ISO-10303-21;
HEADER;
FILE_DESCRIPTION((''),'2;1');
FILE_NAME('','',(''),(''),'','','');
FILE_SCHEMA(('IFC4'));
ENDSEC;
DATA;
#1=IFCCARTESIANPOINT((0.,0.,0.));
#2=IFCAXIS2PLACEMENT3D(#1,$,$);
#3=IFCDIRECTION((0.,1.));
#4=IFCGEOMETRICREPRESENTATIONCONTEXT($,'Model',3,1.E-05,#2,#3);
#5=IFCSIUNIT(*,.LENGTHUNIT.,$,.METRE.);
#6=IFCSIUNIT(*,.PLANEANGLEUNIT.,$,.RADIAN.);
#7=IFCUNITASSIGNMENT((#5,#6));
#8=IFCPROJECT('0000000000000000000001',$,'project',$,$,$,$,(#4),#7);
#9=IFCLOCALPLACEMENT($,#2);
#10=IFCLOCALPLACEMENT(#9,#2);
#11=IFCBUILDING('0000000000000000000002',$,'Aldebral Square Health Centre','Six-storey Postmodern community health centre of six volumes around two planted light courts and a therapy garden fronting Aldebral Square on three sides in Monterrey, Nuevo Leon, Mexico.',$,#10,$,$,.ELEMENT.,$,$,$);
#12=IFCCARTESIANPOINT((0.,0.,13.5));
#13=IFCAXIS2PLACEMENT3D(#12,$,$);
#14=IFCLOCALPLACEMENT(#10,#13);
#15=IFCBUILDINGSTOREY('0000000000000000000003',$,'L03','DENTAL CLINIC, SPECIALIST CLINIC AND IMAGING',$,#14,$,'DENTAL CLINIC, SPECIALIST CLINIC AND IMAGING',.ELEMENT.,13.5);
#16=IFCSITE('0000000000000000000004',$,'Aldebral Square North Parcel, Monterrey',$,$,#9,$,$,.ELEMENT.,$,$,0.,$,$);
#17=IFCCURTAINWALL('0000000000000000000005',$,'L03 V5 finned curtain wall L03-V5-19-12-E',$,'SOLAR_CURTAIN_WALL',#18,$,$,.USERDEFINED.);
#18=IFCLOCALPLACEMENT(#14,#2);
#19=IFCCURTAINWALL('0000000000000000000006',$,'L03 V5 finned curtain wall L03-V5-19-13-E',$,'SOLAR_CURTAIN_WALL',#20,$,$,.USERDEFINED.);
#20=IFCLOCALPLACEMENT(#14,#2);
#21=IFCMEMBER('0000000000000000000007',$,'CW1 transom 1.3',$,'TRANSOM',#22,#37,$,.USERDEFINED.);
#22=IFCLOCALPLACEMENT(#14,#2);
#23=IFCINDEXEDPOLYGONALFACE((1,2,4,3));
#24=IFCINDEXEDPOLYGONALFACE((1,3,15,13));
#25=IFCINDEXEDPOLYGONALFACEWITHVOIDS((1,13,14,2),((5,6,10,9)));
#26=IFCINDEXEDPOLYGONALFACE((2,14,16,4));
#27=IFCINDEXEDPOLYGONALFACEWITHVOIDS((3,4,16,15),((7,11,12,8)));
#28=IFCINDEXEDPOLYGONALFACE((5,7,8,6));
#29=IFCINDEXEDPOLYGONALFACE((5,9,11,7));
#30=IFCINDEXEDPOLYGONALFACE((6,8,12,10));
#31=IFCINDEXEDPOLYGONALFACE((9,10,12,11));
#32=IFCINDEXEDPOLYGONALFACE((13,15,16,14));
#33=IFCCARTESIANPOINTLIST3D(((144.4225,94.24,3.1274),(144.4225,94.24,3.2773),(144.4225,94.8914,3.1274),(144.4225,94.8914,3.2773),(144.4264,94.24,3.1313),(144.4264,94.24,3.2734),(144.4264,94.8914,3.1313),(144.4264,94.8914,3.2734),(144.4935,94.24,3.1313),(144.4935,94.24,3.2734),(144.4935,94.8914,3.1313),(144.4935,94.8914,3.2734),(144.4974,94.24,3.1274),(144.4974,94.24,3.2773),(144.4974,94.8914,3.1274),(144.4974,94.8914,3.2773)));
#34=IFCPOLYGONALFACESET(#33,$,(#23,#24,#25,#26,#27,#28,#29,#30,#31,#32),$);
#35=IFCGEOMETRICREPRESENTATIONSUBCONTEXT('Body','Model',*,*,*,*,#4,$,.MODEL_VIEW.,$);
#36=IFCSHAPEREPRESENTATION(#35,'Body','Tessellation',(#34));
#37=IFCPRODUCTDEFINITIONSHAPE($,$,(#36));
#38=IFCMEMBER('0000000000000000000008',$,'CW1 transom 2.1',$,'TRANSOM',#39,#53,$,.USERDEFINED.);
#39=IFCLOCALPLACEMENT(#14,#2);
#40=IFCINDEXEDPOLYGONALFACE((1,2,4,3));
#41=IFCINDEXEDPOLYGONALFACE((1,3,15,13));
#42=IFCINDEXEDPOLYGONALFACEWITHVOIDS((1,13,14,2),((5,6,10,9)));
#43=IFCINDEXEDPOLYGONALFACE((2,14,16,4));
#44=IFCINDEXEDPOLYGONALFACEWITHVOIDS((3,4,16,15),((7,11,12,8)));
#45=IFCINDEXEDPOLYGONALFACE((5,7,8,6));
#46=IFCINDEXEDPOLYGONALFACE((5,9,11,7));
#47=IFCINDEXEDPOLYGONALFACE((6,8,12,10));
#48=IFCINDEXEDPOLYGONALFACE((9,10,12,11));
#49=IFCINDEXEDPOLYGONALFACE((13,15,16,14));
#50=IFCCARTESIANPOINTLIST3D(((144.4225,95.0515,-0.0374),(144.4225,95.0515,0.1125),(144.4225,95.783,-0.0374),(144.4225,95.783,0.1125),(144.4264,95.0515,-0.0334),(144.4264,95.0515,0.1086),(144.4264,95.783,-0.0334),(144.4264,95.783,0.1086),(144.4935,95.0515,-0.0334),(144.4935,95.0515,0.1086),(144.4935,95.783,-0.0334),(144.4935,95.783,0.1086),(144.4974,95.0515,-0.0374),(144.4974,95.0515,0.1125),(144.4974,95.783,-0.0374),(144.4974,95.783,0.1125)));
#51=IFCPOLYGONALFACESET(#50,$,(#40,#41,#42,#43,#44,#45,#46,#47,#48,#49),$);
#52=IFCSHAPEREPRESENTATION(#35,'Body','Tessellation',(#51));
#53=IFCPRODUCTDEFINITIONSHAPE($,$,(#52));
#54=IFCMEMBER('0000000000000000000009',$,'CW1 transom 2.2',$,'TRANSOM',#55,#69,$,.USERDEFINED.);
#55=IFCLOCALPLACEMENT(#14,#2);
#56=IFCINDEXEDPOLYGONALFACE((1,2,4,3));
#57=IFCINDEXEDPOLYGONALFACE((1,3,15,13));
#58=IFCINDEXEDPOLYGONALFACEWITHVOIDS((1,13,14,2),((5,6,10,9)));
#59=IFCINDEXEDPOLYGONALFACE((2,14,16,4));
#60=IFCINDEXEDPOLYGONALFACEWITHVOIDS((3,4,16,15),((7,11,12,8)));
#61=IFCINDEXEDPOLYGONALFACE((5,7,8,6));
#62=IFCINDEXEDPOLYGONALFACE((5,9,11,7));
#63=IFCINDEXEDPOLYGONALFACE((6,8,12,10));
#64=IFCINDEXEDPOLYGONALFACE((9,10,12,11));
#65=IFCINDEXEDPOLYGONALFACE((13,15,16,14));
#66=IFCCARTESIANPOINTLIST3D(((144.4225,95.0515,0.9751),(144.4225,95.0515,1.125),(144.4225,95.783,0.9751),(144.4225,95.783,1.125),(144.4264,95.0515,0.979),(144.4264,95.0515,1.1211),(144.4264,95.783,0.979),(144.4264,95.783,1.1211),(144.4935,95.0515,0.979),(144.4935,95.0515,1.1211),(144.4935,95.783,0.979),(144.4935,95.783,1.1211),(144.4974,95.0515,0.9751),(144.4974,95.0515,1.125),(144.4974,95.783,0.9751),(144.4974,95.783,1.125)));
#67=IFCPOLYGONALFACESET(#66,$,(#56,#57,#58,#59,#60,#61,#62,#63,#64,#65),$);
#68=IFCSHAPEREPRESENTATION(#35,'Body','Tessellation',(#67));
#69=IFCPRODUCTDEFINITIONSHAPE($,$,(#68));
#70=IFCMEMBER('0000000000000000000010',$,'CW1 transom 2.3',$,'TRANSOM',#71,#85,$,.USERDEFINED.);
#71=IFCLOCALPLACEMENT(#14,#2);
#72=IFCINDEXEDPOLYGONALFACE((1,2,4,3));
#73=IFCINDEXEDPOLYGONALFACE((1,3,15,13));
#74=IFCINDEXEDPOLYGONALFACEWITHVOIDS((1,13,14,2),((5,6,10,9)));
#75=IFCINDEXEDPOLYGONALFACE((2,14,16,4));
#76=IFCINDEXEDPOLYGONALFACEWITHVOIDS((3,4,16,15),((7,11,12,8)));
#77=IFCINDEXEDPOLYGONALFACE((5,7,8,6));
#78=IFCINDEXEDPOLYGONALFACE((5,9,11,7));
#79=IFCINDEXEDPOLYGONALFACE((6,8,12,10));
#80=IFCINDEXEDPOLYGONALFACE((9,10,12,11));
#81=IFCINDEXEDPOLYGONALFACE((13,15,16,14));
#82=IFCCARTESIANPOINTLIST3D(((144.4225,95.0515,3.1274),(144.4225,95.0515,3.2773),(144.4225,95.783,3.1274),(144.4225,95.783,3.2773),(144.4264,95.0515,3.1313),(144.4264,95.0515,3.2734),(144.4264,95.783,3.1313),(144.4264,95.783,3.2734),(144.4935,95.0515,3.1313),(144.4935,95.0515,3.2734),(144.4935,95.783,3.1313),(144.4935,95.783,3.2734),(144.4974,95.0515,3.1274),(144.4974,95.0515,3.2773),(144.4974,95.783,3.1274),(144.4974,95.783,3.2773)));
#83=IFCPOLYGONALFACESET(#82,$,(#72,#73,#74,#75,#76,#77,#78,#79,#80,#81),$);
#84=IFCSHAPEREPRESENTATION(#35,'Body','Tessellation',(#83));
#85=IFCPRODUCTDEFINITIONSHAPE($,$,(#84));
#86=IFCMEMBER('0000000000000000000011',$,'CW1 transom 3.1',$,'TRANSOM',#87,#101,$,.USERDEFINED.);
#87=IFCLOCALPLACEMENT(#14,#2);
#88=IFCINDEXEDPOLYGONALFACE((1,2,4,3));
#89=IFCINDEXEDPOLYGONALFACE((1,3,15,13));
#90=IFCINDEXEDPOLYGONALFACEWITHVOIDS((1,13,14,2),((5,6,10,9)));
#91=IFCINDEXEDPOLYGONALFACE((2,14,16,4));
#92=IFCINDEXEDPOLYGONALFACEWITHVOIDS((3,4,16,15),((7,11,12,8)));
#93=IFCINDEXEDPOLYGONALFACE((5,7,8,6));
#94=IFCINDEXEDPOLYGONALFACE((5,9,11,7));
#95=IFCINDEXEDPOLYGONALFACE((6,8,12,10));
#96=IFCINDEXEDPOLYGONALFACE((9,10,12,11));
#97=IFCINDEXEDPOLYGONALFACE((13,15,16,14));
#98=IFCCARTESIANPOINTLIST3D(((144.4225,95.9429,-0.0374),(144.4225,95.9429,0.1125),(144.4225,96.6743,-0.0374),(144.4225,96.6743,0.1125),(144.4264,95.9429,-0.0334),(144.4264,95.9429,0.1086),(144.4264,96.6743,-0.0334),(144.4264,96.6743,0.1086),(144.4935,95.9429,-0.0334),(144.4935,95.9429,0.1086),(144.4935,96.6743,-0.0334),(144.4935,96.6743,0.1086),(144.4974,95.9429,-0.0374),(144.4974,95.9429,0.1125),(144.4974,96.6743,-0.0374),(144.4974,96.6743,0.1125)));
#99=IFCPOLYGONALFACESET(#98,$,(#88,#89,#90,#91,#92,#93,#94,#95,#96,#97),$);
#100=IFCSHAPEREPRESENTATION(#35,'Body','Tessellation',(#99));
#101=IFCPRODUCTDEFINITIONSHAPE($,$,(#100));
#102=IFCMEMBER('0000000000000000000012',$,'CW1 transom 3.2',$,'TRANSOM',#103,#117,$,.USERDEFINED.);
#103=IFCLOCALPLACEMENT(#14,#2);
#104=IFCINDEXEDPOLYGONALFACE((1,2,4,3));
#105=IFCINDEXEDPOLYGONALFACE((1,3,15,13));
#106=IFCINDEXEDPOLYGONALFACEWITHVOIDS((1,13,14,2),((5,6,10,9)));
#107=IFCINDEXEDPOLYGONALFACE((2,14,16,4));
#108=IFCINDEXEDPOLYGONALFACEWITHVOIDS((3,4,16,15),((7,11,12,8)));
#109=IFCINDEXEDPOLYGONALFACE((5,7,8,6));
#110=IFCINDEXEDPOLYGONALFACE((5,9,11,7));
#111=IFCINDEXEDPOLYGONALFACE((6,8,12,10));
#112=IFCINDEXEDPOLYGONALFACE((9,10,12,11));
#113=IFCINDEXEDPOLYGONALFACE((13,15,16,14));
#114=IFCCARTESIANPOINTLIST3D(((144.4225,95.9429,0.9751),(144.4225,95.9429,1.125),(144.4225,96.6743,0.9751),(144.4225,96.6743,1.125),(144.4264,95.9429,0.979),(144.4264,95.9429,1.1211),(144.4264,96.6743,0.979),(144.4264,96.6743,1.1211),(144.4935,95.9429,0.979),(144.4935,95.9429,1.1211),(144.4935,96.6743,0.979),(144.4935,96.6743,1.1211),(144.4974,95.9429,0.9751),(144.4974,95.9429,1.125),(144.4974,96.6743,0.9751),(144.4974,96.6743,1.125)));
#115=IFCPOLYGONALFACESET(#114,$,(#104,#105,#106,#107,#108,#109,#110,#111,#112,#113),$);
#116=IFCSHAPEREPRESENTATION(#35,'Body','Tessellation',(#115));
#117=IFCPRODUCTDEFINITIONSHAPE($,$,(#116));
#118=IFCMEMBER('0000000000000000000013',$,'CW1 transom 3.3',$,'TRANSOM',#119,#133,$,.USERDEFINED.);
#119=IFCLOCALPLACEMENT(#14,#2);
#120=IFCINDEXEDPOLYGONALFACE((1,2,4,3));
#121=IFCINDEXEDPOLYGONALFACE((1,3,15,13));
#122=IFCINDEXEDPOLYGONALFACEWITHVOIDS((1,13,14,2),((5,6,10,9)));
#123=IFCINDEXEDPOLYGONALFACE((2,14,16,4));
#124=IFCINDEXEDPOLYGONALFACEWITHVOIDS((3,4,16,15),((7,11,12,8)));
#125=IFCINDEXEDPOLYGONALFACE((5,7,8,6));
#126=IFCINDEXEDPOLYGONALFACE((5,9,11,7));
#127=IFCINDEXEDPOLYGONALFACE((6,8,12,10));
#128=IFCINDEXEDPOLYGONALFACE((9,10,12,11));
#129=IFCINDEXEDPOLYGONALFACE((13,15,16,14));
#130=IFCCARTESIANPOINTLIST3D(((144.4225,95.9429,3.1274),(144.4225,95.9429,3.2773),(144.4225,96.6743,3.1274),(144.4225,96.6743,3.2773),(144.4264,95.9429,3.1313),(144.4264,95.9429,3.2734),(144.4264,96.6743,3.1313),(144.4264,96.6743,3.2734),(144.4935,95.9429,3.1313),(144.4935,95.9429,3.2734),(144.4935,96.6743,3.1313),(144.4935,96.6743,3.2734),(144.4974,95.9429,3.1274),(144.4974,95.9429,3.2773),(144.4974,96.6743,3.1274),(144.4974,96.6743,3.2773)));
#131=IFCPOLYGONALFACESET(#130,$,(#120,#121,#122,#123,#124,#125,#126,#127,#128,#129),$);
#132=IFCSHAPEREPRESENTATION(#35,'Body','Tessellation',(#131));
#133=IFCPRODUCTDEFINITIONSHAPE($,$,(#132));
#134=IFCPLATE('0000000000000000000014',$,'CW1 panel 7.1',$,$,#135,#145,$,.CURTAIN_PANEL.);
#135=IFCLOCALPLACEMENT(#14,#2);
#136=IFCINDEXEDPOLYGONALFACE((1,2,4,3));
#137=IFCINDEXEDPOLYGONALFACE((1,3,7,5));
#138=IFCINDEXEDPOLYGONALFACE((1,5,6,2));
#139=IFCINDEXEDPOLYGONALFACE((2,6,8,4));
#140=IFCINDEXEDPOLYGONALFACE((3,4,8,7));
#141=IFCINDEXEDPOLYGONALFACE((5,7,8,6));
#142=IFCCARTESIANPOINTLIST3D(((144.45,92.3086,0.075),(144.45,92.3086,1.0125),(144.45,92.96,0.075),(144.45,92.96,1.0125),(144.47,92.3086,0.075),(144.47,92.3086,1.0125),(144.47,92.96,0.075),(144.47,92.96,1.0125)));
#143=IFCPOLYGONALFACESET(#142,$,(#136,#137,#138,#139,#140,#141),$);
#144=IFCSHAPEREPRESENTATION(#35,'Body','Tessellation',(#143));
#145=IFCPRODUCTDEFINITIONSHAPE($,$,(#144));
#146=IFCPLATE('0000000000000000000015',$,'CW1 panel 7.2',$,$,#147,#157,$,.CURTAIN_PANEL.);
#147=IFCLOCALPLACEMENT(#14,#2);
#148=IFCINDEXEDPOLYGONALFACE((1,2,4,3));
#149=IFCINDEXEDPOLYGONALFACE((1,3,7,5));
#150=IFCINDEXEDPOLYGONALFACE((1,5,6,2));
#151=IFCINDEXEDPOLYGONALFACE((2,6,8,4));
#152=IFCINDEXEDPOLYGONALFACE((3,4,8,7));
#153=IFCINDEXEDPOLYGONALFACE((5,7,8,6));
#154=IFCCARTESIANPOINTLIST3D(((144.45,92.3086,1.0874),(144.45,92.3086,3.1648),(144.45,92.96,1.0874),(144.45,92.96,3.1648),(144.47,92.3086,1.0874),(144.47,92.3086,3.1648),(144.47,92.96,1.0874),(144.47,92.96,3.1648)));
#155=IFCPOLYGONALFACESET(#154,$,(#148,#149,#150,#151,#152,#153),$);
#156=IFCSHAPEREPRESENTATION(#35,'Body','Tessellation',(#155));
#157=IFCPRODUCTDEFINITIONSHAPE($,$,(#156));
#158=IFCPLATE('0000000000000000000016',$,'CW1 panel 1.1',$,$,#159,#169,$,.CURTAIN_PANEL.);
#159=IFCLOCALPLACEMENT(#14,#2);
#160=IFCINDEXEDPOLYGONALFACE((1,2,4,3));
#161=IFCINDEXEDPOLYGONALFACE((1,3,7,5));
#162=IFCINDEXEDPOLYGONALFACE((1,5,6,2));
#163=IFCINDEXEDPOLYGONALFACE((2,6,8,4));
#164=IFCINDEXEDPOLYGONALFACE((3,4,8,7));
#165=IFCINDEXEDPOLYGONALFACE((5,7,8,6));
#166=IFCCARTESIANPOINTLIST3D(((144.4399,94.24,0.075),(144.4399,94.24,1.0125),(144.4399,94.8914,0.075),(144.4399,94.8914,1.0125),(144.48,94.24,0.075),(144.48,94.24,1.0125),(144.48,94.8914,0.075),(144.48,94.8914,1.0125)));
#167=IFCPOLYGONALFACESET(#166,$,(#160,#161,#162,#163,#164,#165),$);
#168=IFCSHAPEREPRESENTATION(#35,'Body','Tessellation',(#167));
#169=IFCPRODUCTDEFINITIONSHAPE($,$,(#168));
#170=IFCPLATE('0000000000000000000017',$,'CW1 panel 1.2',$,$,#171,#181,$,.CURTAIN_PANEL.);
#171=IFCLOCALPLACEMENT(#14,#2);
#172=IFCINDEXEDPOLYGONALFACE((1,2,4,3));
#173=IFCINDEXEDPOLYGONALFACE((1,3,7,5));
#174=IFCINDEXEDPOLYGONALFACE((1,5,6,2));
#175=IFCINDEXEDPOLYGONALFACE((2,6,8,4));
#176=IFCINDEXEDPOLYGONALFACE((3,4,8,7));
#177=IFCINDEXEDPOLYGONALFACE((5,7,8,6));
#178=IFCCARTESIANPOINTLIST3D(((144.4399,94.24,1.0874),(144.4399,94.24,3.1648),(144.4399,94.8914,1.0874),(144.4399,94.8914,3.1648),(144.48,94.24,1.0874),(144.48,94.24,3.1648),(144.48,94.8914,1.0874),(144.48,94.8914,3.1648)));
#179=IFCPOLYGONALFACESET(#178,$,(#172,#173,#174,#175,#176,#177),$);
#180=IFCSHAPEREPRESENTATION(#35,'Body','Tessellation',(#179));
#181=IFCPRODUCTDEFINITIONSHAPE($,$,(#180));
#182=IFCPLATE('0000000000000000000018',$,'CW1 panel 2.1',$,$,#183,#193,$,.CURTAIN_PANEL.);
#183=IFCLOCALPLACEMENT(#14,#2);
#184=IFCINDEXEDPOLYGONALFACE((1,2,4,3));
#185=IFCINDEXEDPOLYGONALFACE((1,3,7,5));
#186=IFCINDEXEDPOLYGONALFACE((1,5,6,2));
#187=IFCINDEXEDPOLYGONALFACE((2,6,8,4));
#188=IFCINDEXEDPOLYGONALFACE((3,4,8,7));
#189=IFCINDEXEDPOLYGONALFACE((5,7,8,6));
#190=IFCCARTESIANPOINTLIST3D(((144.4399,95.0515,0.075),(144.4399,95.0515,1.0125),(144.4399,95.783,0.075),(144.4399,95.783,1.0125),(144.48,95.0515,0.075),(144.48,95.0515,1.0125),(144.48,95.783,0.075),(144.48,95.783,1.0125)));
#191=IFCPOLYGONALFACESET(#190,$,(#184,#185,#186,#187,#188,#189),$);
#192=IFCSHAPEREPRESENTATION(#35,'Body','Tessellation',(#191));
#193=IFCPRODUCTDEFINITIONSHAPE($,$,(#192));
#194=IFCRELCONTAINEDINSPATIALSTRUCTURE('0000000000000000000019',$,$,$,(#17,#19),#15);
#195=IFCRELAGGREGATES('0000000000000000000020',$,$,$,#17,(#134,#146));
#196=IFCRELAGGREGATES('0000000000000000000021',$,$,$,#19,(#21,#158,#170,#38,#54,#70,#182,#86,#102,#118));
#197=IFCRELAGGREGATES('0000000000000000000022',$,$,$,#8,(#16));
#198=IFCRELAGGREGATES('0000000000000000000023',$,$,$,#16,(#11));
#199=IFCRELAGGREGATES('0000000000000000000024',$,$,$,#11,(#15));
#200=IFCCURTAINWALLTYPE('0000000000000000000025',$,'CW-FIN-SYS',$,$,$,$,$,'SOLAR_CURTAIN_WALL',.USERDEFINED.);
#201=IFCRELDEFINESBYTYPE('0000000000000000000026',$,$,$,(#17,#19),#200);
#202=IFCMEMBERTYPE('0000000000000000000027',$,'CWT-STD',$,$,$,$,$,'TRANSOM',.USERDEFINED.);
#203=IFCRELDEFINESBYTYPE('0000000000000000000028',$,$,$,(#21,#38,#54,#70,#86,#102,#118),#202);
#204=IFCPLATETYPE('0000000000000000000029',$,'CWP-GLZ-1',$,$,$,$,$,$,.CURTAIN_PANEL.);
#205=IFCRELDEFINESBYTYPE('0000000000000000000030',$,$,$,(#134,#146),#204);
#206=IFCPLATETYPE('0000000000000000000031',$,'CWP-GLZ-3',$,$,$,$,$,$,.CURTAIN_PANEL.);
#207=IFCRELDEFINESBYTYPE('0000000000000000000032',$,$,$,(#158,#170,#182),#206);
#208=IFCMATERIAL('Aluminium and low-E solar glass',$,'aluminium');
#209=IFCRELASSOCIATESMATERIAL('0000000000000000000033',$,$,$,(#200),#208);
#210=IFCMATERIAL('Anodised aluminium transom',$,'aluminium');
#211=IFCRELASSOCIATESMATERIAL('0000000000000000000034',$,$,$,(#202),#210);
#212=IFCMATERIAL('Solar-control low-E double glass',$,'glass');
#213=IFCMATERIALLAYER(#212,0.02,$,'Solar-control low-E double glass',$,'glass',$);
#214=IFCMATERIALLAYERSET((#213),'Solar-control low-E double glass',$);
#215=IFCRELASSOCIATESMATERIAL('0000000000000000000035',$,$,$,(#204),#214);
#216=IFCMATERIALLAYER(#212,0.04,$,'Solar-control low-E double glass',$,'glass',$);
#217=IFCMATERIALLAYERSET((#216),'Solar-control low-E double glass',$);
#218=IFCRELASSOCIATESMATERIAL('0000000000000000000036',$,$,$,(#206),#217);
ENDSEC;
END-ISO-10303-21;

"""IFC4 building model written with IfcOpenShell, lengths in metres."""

from ifc_helpers import new_model, si_unit, direction, frame, origin, origin_2d, place, context, subcontext, project, spatial, rectangle, hollow_rectangle, extrude, material, layer, layer_set, material_profile, profile_set, type_object, element, aggregate, save


model = new_model("IFC4")

# Units and contexts
model_context = context("Model", 3, precision=1e-05, world=origin(), true_north=direction((0.0, 1.0)))
body_context = subcontext(model_context, "Body", "Model", "MODEL_VIEW")
ifc_project = project(units=[si_unit("LENGTHUNIT", "METRE"), si_unit("PLANEANGLEUNIT", "RADIAN")], contexts=[model_context])

# Site, building, storey
site_placement = place(None, origin())
site = spatial("IfcSite", under=ifc_project, at=site_placement, Name="Aldebral Square North Parcel, Monterrey", CompositionType="ELEMENT", RefElevation=0.0)
building_placement = place(site_placement, origin())
building = spatial("IfcBuilding", under=site, at=building_placement, Name="Aldebral Square Health Centre", Description="Six-storey Postmodern community health centre of six volumes around two planted light courts and a therapy garden fronting Aldebral Square on three sides in Monterrey, Nuevo Leon, Mexico.", CompositionType="ELEMENT")
storey_placement = place(building_placement, frame((0.0, 0.0, 13.5)))
storey = spatial("IfcBuildingStorey", under=building, at=storey_placement, Name="L03", Description="DENTAL CLINIC, SPECIALIST CLINIC AND IMAGING", LongName="DENTAL CLINIC, SPECIALIST CLINIC AND IMAGING", CompositionType="ELEMENT", Elevation=13.5)

# Curtain walls
ifc_material_1 = material(Name="Aluminium and low-E solar glass", Category="aluminium")
curtain_wall_type = type_object("IfcCurtainWallType", Name="CW-FIN-SYS", ElementType="SOLAR_CURTAIN_WALL", PredefinedType="USERDEFINED", material=ifc_material_1)
curtain_wall_1_placement = place(storey_placement, origin())
curtain_wall_1 = element("IfcCurtainWall", 1, at=curtain_wall_1_placement, inside=storey, type_object=curtain_wall_type, Name="L03 V5 finned curtain wall L03-V5-19-12-E", ObjectType="SOLAR_CURTAIN_WALL", PredefinedType="USERDEFINED")
curtain_wall_2_placement = place(storey_placement, origin())
curtain_wall_2 = element("IfcCurtainWall", 2, at=curtain_wall_2_placement, inside=storey, type_object=curtain_wall_type, Name="L03 V5 finned curtain wall L03-V5-19-13-E", ObjectType="SOLAR_CURTAIN_WALL", PredefinedType="USERDEFINED")

# Members
ifc_material_2 = material(Name="Anodised aluminium transom", Category="aluminium")
ifc_material_profile_1 = material_profile(ifc_material_2, hollow_rectangle(XDim=0.075, YDim=0.1499, WallThickness=0.0039, at=origin_2d()), Name="CWT 75x150x4")
ifc_profile_set_1 = profile_set([ifc_material_profile_1], Name="Anodised aluminium transom")
member_type_1 = type_object("IfcMemberType", Name="CWT-STD", ElementType="TRANSOM", PredefinedType="USERDEFINED", material=ifc_profile_set_1)
member_1_placement = place(storey_placement, frame((144.46, 94.24, 3.2024), z_axis=(0.0, 1.0, 0.0), x_axis=(-1.0, 0.0, 0.0)))
member_1 = element("IfcMember", 3, at=member_1_placement, type_object=member_type_1, Name="CW1 transom 1.3", ObjectType="TRANSOM", PredefinedType="USERDEFINED", context=body_context, shape_type="SweptSolid", body=[
    extrude(hollow_rectangle(XDim=0.075, YDim=0.1499, WallThickness=0.0039, at=origin_2d()), origin(), (0.0, 0.0, 1.0), 0.6514),
])
member_2_placement = place(storey_placement, frame((144.46, 95.0515, 0.0376), z_axis=(0.0, 1.0, 0.0), x_axis=(-1.0, 0.0, 0.0)))
member_2 = element("IfcMember", 4, at=member_2_placement, type_object=member_type_1, Name="CW1 transom 2.1", ObjectType="TRANSOM", PredefinedType="USERDEFINED", context=body_context, shape_type="SweptSolid", body=[
    extrude(hollow_rectangle(XDim=0.075, YDim=0.1499, WallThickness=0.0039, at=origin_2d()), origin(), (0.0, 0.0, 1.0), 0.7314),
])
member_3_placement = place(storey_placement, frame((144.46, 95.0515, 1.05), z_axis=(0.0, 1.0, 0.0), x_axis=(-1.0, 0.0, 0.0)))
member_3 = element("IfcMember", 5, at=member_3_placement, type_object=member_type_1, Name="CW1 transom 2.2", ObjectType="TRANSOM", PredefinedType="USERDEFINED", context=body_context, shape_type="SweptSolid", body=[
    extrude(hollow_rectangle(XDim=0.075, YDim=0.1499, WallThickness=0.0039, at=origin_2d()), origin(), (0.0, 0.0, 1.0), 0.7314),
])
member_4_placement = place(storey_placement, frame((144.46, 95.0515, 3.2024), z_axis=(0.0, 1.0, 0.0), x_axis=(-1.0, 0.0, 0.0)))
member_4 = element("IfcMember", 6, at=member_4_placement, type_object=member_type_1, Name="CW1 transom 2.3", ObjectType="TRANSOM", PredefinedType="USERDEFINED", context=body_context, shape_type="SweptSolid", body=[
    extrude(hollow_rectangle(XDim=0.075, YDim=0.1499, WallThickness=0.0039, at=origin_2d()), origin(), (0.0, 0.0, 1.0), 0.7314),
])
member_5_placement = place(storey_placement, frame((144.46, 95.9429, 0.0376), z_axis=(0.0, 1.0, 0.0), x_axis=(-1.0, 0.0, 0.0)))
member_5 = element("IfcMember", 7, at=member_5_placement, type_object=member_type_1, Name="CW1 transom 3.1", ObjectType="TRANSOM", PredefinedType="USERDEFINED", context=body_context, shape_type="SweptSolid", body=[
    extrude(hollow_rectangle(XDim=0.075, YDim=0.1499, WallThickness=0.0039, at=origin_2d()), origin(), (0.0, 0.0, 1.0), 0.7314),
])
member_6_placement = place(storey_placement, frame((144.46, 95.9429, 1.05), z_axis=(0.0, 1.0, 0.0), x_axis=(-1.0, 0.0, 0.0)))
member_6 = element("IfcMember", 8, at=member_6_placement, type_object=member_type_1, Name="CW1 transom 3.2", ObjectType="TRANSOM", PredefinedType="USERDEFINED", context=body_context, shape_type="SweptSolid", body=[
    extrude(hollow_rectangle(XDim=0.075, YDim=0.1499, WallThickness=0.0039, at=origin_2d()), origin(), (0.0, 0.0, 1.0), 0.7314),
])
member_7_placement = place(storey_placement, frame((144.46, 95.9429, 3.2024), z_axis=(0.0, 1.0, 0.0), x_axis=(-1.0, 0.0, 0.0)))
member_7 = element("IfcMember", 9, at=member_7_placement, type_object=member_type_1, Name="CW1 transom 3.3", ObjectType="TRANSOM", PredefinedType="USERDEFINED", context=body_context, shape_type="SweptSolid", body=[
    extrude(hollow_rectangle(XDim=0.075, YDim=0.1499, WallThickness=0.0039, at=origin_2d()), origin(), (0.0, 0.0, 1.0), 0.7314),
])

# Plates
ifc_material_3 = material(Name="Solar-control low-E double glass", Category="glass")
ifc_layer_1 = layer(ifc_material_3, 0.02, Name="Solar-control low-E double glass", Category="glass")
ifc_layer_set_1 = layer_set([ifc_layer_1], Name="Solar-control low-E double glass")
plate_type_1 = type_object("IfcPlateType", Name="CWP-GLZ-1", PredefinedType="CURTAIN_PANEL", material=ifc_layer_set_1)
plate_1_placement = place(storey_placement, frame((144.46, 92.6343, 0.075), z_axis=(0.0, 0.0, 1.0), x_axis=(0.0, 1.0, 0.0)))
plate_1 = element("IfcPlate", 10, at=plate_1_placement, type_object=plate_type_1, Name="CW1 panel 7.1", PredefinedType="CURTAIN_PANEL", context=body_context, shape_type="SweptSolid", body=[
    extrude(rectangle(XDim=0.6514, YDim=0.02, at=origin_2d()), origin(), (0.0, 0.0, 1.0), 0.9375),
])
plate_2_placement = place(storey_placement, frame((144.46, 92.6343, 1.0874), z_axis=(0.0, 0.0, 1.0), x_axis=(0.0, 1.0, 0.0)))
plate_2 = element("IfcPlate", 11, at=plate_2_placement, type_object=plate_type_1, Name="CW1 panel 7.2", PredefinedType="CURTAIN_PANEL", context=body_context, shape_type="SweptSolid", body=[
    extrude(rectangle(XDim=0.6514, YDim=0.02, at=origin_2d()), origin(), (0.0, 0.0, 1.0), 2.0774),
])
aggregate(curtain_wall_1, [plate_1, plate_2])
ifc_layer_2 = layer(ifc_material_3, 0.04, Name="Solar-control low-E double glass", Category="glass")
ifc_layer_set_2 = layer_set([ifc_layer_2], Name="Solar-control low-E double glass")
plate_type_2 = type_object("IfcPlateType", Name="CWP-GLZ-3", PredefinedType="CURTAIN_PANEL", material=ifc_layer_set_2)
plate_3_placement = place(storey_placement, frame((144.46, 94.5657, 0.075), z_axis=(0.0, 0.0, 1.0), x_axis=(0.0, 1.0, 0.0)))
plate_3 = element("IfcPlate", 12, at=plate_3_placement, type_object=plate_type_2, Name="CW1 panel 1.1", PredefinedType="CURTAIN_PANEL", context=body_context, shape_type="SweptSolid", body=[
    extrude(rectangle(XDim=0.6514, YDim=0.04, at=origin_2d()), origin(), (0.0, 0.0, 1.0), 0.9375),
])
plate_4_placement = place(storey_placement, frame((144.46, 94.5657, 1.0874), z_axis=(0.0, 0.0, 1.0), x_axis=(0.0, 1.0, 0.0)))
plate_4 = element("IfcPlate", 13, at=plate_4_placement, type_object=plate_type_2, Name="CW1 panel 1.2", PredefinedType="CURTAIN_PANEL", context=body_context, shape_type="SweptSolid", body=[
    extrude(rectangle(XDim=0.6514, YDim=0.04, at=origin_2d()), origin(), (0.0, 0.0, 1.0), 2.0774),
])
plate_5_placement = place(storey_placement, frame((144.46, 95.4172, 0.075), z_axis=(0.0, 0.0, 1.0), x_axis=(0.0, 1.0, 0.0)))
plate_5 = element("IfcPlate", 14, at=plate_5_placement, type_object=plate_type_2, Name="CW1 panel 2.1", PredefinedType="CURTAIN_PANEL", context=body_context, shape_type="SweptSolid", body=[
    extrude(rectangle(XDim=0.7314, YDim=0.04, at=origin_2d()), origin(), (0.0, 0.0, 1.0), 0.9375),
])
aggregate(curtain_wall_2, [member_1, plate_3, plate_4, member_2, member_3, member_4, plate_5, member_5, member_6, member_7])

save(model, "model.ifc")
